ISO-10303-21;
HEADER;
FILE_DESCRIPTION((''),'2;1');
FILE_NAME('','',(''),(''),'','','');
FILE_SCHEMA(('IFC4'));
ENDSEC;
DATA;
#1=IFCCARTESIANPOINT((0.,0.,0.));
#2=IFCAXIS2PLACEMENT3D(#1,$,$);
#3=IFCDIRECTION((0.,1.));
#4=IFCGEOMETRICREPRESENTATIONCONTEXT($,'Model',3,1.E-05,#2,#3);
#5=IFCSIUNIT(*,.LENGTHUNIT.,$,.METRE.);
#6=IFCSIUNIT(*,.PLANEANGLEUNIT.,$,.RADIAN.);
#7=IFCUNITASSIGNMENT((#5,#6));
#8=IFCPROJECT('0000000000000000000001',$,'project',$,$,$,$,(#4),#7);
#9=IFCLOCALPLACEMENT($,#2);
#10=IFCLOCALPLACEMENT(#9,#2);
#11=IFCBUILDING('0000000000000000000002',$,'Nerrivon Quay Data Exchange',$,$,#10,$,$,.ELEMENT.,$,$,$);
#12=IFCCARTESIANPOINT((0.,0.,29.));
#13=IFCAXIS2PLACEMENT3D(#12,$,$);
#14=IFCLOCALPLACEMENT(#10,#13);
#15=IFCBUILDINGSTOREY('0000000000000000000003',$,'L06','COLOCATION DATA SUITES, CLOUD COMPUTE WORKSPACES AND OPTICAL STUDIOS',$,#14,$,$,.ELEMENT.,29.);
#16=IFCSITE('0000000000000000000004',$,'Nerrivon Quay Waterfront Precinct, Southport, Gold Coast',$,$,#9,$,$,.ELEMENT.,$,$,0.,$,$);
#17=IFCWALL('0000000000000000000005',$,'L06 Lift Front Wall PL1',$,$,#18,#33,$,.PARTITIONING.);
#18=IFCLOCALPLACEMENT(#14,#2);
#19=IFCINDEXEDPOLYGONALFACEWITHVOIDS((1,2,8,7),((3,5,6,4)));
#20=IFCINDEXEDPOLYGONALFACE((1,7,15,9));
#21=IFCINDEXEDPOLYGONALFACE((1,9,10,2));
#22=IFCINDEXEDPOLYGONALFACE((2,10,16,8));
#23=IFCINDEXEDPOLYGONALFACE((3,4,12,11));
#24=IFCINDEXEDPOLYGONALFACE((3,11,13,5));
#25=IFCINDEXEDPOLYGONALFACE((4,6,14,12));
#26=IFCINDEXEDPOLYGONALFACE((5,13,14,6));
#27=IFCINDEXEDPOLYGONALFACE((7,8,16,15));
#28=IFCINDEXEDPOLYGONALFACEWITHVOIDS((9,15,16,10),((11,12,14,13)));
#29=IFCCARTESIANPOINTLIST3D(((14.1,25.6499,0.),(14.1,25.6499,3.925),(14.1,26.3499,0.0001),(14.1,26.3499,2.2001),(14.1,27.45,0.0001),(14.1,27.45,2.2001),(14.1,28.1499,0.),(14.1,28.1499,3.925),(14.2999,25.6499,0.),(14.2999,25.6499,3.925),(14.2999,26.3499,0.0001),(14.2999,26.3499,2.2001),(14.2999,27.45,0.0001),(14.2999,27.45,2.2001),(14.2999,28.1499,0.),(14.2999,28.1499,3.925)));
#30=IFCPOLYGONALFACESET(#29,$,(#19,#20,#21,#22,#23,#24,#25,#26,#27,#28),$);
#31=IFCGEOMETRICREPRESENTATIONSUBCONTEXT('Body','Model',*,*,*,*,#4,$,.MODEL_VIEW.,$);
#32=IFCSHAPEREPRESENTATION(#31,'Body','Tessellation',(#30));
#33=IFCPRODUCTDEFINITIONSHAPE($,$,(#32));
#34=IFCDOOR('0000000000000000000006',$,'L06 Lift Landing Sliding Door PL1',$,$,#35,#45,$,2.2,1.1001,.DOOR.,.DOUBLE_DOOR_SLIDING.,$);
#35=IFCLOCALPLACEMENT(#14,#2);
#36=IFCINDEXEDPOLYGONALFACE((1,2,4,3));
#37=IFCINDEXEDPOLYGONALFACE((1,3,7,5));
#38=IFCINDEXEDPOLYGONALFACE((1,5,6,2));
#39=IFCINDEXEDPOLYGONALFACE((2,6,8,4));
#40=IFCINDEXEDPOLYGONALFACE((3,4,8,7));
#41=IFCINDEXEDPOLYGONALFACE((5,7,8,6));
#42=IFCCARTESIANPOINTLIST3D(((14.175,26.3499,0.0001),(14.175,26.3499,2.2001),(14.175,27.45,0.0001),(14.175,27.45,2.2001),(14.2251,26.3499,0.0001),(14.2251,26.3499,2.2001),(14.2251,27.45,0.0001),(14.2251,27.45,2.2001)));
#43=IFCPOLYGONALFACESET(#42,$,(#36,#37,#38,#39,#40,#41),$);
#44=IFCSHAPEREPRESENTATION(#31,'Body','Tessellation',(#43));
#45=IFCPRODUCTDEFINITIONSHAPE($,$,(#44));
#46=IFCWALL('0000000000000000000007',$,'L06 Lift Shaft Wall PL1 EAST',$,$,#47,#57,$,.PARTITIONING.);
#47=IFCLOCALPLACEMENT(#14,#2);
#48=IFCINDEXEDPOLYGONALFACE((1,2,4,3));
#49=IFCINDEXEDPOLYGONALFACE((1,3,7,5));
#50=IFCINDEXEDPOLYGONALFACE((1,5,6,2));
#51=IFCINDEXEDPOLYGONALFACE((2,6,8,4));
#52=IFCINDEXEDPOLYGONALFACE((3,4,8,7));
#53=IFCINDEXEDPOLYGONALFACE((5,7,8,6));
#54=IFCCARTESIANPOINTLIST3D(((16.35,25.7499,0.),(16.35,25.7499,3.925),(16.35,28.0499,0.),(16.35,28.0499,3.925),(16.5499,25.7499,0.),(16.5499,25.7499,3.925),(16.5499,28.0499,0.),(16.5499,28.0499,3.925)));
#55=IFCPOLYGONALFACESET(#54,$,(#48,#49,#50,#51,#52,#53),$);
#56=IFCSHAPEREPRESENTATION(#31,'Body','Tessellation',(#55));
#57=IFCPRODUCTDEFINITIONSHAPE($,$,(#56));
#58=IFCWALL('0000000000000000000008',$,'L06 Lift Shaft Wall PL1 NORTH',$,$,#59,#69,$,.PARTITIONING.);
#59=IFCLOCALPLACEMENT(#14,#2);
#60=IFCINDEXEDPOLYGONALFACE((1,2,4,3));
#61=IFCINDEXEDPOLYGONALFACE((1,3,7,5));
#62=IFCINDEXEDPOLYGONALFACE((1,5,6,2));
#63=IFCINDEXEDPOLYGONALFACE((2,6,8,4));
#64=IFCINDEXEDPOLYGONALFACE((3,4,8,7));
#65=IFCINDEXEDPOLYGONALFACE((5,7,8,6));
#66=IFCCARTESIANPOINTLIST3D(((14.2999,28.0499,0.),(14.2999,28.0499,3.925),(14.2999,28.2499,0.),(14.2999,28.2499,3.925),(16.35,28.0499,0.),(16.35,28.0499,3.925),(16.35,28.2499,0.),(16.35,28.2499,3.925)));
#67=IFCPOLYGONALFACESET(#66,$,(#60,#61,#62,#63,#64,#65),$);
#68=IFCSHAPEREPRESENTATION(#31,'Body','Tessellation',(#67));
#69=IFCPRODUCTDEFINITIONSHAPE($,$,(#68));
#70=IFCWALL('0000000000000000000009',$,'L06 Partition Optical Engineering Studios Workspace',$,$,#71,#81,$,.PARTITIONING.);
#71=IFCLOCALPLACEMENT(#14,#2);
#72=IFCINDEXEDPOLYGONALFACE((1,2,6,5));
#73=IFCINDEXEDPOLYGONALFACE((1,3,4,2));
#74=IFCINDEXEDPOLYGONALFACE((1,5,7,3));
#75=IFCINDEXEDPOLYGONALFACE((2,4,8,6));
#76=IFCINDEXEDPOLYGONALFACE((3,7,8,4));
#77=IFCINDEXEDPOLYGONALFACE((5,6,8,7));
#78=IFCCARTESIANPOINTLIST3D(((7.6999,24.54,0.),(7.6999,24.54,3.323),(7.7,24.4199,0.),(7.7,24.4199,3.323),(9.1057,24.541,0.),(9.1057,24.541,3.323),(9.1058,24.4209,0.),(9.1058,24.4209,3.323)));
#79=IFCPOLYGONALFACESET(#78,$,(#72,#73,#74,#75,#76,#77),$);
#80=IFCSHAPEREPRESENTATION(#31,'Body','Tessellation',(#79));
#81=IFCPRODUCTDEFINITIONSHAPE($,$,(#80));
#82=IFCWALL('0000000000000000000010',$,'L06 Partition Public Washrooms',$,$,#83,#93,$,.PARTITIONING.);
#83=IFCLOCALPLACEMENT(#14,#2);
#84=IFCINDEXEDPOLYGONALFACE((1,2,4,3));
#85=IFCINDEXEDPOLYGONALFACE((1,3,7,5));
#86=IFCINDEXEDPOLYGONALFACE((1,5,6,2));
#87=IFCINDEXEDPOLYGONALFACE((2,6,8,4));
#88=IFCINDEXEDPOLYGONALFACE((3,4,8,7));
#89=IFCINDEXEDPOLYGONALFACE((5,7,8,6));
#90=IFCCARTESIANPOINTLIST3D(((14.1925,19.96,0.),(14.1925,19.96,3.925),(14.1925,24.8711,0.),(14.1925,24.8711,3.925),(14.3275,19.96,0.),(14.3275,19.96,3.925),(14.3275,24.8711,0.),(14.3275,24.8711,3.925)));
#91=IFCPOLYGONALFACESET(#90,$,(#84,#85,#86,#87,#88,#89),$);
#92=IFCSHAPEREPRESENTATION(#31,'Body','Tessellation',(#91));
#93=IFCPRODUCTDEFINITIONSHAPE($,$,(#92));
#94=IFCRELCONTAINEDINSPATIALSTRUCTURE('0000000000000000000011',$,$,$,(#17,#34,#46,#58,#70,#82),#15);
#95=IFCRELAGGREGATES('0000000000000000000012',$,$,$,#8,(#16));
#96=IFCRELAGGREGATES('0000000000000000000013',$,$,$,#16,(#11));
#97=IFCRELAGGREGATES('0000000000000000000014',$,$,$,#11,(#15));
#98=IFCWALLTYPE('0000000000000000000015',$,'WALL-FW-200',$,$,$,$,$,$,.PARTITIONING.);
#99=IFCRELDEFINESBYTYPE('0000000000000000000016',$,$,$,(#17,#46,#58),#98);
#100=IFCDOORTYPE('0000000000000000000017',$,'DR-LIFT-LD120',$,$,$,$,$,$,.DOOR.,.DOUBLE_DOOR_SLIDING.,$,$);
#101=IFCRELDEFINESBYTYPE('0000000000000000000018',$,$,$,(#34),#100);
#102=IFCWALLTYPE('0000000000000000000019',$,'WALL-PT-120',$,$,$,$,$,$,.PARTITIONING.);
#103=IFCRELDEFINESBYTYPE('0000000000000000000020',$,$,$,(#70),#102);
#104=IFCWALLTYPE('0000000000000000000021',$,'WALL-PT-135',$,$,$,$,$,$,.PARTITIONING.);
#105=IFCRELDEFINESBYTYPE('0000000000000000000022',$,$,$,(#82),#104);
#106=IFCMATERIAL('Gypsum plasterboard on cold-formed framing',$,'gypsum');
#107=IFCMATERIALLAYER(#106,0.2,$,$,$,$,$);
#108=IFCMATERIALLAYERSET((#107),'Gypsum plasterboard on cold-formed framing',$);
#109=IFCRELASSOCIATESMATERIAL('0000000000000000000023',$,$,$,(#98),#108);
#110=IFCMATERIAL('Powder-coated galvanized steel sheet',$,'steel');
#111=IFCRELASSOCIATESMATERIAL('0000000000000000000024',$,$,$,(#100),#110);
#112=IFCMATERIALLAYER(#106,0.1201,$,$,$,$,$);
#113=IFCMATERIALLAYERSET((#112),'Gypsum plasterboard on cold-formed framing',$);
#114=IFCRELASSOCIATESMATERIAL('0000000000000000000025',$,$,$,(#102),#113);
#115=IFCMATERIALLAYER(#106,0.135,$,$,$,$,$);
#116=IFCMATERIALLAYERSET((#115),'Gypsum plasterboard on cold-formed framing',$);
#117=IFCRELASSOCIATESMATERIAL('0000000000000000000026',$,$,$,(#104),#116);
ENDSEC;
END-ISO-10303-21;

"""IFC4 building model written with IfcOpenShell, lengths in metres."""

from ifc_helpers import new_model, si_unit, direction, frame, frame_2d, origin, place, context, subcontext, project, spatial, rectangle, extrude, material, layer, layer_set, type_object, element, fill, save


model = new_model("IFC4")

# Units and contexts
model_context = context("Model", 3, precision=1e-05, world=origin(), true_north=direction((0.0, 1.0)))
body_context = subcontext(model_context, "Body", "Model", "MODEL_VIEW")
ifc_project = project(units=[si_unit("LENGTHUNIT", "METRE"), si_unit("PLANEANGLEUNIT", "RADIAN")], contexts=[model_context])

# Site, building, storey
site_placement = place(None, origin())
site = spatial("IfcSite", under=ifc_project, at=site_placement, Name="Nerrivon Quay Waterfront Precinct, Southport, Gold Coast", CompositionType="ELEMENT", RefElevation=0.0)
building_placement = place(site_placement, origin())
building = spatial("IfcBuilding", under=site, at=building_placement, Name="Nerrivon Quay Data Exchange", CompositionType="ELEMENT")
storey_placement = place(building_placement, frame((0.0, 0.0, 29.0)))
storey = spatial("IfcBuildingStorey", under=building, at=storey_placement, Name="L06", Description="COLOCATION DATA SUITES, CLOUD COMPUTE WORKSPACES AND OPTICAL STUDIOS", CompositionType="ELEMENT", Elevation=29.0)

# Shared definitions
ifc_material_1 = material(Name="Powder-coated galvanized steel sheet", Category="steel")
ifc_material_2 = material(Name="Gypsum plasterboard on cold-formed framing", Category="gypsum")
ifc_layer_1 = layer(ifc_material_2, 0.2)
ifc_layer_set_1 = layer_set([ifc_layer_1], Name="Gypsum plasterboard on cold-formed framing")
wall_type_1 = type_object("IfcWallType", Name="WALL-FW-200", PredefinedType="PARTITIONING", material=ifc_layer_set_1)
door_type_1 = type_object("IfcDoorType", Name="DR-LIFT-LD120", OperationType="DOUBLE_DOOR_SLIDING", PredefinedType="DOOR", material=ifc_material_1)

# Wall, opening, door
wall_1_placement = place(storey_placement, frame((14.2, 25.6499, 0.0), z_axis=(0.0, 0.0, 1.0), x_axis=(0.0, 1.0, 0.0)))
wall_1 = element("IfcWall", 1, at=wall_1_placement, inside=storey, type_object=wall_type_1, Name="L06 Lift Front Wall PL1", PredefinedType="PARTITIONING", context=body_context, shape_type="SweptSolid", body=[
    extrude(rectangle(XDim=2.5, YDim=0.2, at=frame_2d((1.25, 0.0))), origin(), (0.0, 0.0, 1.0), 3.925),
])
opening_1_placement = place(wall_1_placement, frame((0.7, 0.0, 0.0)))
opening_1 = element("IfcOpeningElement", 2, at=opening_1_placement, cuts=wall_1, PredefinedType="OPENING", context=body_context, shape_type="SweptSolid", body=[
    extrude(rectangle(XDim=1.1001, YDim=2.2, at=frame_2d((0.55, 1.1001))), frame((0.0, 0.1099, 0.0), z_axis=(0.0, -1.0, 0.0), x_axis=(1.0, 0.0, 0.0)), (0.0, 0.0, 1.0), 0.22),
])
door_1_placement = place(opening_1_placement, origin())
door_1 = element("IfcDoor", 3, at=door_1_placement, inside=storey, type_object=door_type_1, Name="L06 Lift Landing Sliding Door PL1", OperationType="DOUBLE_DOOR_SLIDING", OverallHeight=2.2, OverallWidth=1.1001, PredefinedType="DOOR", context=body_context, shape_type="SweptSolid", body=[
    extrude(rectangle(XDim=1.1001, YDim=2.2, at=frame_2d((0.55, 1.1001))), frame((0.0, 0.0249, 0.0), z_axis=(0.0, -1.0, 0.0), x_axis=(1.0, 0.0, 0.0)), (0.0, 0.0, 1.0), 0.05),
])
fill(opening_1, door_1)

# Walls
wall_2_placement = place(storey_placement, frame((16.45, 25.75, 0.0), z_axis=(0.0, 0.0, 1.0), x_axis=(0.0, 1.0, 0.0)))
element("IfcWall", 4, at=wall_2_placement, inside=storey, type_object=wall_type_1, Name="L06 Lift Shaft Wall PL1 EAST", PredefinedType="PARTITIONING", context=body_context, shape_type="SweptSolid", body=[
    extrude(rectangle(XDim=2.3, YDim=0.2, at=frame_2d((1.1499, 0.0))), origin(), (0.0, 0.0, 1.0), 3.925),
])
wall_3_placement = place(storey_placement, frame((14.3, 28.1499, 0.0), z_axis=(0.0, 0.0, 1.0), x_axis=(1.0, 0.0, 0.0)))
element("IfcWall", 5, at=wall_3_placement, inside=storey, type_object=wall_type_1, Name="L06 Lift Shaft Wall PL1 NORTH", PredefinedType="PARTITIONING", context=body_context, shape_type="SweptSolid", body=[
    extrude(rectangle(XDim=2.05, YDim=0.2, at=frame_2d((1.0249, 0.0))), origin(), (0.0, 0.0, 1.0), 3.925),
])
ifc_layer_2 = layer(ifc_material_2, 0.1201)
ifc_layer_set_2 = layer_set([ifc_layer_2], Name="Gypsum plasterboard on cold-formed framing")
wall_type_2 = type_object("IfcWallType", Name="WALL-PT-120", PredefinedType="PARTITIONING", material=ifc_layer_set_2)
wall_4_placement = place(storey_placement, frame((9.1057, 24.481, 0.0), z_axis=(0.0, 0.0, 1.0), x_axis=(-1.0, -0.000695, 0.0)))
element("IfcWall", 6, at=wall_4_placement, inside=storey, type_object=wall_type_2, Name="L06 Partition Optical Engineering Studios Workspace", PredefinedType="PARTITIONING", context=body_context, shape_type="SweptSolid", body=[
    extrude(rectangle(XDim=1.4058, YDim=0.1201, at=frame_2d((0.7029, 0.0))), origin(), (0.0, 0.0, 1.0), 3.323),
])
ifc_layer_3 = layer(ifc_material_2, 0.135)
ifc_layer_set_3 = layer_set([ifc_layer_3], Name="Gypsum plasterboard on cold-formed framing")
wall_type_3 = type_object("IfcWallType", Name="WALL-PT-135", PredefinedType="PARTITIONING", material=ifc_layer_set_3)
wall_5_placement = place(storey_placement, frame((14.26, 24.8711, 0.0), z_axis=(0.0, 0.0, 1.0), x_axis=(0.0, -1.0, 0.0)))
element("IfcWall", 7, at=wall_5_placement, inside=storey, type_object=wall_type_3, Name="L06 Partition Public Washrooms", PredefinedType="PARTITIONING", context=body_context, shape_type="SweptSolid", body=[
    extrude(rectangle(XDim=4.9111, YDim=0.135, at=frame_2d((2.4556, 0.0))), origin(), (0.0, 0.0, 1.0), 3.925),
])

save(model, "model.ifc")
